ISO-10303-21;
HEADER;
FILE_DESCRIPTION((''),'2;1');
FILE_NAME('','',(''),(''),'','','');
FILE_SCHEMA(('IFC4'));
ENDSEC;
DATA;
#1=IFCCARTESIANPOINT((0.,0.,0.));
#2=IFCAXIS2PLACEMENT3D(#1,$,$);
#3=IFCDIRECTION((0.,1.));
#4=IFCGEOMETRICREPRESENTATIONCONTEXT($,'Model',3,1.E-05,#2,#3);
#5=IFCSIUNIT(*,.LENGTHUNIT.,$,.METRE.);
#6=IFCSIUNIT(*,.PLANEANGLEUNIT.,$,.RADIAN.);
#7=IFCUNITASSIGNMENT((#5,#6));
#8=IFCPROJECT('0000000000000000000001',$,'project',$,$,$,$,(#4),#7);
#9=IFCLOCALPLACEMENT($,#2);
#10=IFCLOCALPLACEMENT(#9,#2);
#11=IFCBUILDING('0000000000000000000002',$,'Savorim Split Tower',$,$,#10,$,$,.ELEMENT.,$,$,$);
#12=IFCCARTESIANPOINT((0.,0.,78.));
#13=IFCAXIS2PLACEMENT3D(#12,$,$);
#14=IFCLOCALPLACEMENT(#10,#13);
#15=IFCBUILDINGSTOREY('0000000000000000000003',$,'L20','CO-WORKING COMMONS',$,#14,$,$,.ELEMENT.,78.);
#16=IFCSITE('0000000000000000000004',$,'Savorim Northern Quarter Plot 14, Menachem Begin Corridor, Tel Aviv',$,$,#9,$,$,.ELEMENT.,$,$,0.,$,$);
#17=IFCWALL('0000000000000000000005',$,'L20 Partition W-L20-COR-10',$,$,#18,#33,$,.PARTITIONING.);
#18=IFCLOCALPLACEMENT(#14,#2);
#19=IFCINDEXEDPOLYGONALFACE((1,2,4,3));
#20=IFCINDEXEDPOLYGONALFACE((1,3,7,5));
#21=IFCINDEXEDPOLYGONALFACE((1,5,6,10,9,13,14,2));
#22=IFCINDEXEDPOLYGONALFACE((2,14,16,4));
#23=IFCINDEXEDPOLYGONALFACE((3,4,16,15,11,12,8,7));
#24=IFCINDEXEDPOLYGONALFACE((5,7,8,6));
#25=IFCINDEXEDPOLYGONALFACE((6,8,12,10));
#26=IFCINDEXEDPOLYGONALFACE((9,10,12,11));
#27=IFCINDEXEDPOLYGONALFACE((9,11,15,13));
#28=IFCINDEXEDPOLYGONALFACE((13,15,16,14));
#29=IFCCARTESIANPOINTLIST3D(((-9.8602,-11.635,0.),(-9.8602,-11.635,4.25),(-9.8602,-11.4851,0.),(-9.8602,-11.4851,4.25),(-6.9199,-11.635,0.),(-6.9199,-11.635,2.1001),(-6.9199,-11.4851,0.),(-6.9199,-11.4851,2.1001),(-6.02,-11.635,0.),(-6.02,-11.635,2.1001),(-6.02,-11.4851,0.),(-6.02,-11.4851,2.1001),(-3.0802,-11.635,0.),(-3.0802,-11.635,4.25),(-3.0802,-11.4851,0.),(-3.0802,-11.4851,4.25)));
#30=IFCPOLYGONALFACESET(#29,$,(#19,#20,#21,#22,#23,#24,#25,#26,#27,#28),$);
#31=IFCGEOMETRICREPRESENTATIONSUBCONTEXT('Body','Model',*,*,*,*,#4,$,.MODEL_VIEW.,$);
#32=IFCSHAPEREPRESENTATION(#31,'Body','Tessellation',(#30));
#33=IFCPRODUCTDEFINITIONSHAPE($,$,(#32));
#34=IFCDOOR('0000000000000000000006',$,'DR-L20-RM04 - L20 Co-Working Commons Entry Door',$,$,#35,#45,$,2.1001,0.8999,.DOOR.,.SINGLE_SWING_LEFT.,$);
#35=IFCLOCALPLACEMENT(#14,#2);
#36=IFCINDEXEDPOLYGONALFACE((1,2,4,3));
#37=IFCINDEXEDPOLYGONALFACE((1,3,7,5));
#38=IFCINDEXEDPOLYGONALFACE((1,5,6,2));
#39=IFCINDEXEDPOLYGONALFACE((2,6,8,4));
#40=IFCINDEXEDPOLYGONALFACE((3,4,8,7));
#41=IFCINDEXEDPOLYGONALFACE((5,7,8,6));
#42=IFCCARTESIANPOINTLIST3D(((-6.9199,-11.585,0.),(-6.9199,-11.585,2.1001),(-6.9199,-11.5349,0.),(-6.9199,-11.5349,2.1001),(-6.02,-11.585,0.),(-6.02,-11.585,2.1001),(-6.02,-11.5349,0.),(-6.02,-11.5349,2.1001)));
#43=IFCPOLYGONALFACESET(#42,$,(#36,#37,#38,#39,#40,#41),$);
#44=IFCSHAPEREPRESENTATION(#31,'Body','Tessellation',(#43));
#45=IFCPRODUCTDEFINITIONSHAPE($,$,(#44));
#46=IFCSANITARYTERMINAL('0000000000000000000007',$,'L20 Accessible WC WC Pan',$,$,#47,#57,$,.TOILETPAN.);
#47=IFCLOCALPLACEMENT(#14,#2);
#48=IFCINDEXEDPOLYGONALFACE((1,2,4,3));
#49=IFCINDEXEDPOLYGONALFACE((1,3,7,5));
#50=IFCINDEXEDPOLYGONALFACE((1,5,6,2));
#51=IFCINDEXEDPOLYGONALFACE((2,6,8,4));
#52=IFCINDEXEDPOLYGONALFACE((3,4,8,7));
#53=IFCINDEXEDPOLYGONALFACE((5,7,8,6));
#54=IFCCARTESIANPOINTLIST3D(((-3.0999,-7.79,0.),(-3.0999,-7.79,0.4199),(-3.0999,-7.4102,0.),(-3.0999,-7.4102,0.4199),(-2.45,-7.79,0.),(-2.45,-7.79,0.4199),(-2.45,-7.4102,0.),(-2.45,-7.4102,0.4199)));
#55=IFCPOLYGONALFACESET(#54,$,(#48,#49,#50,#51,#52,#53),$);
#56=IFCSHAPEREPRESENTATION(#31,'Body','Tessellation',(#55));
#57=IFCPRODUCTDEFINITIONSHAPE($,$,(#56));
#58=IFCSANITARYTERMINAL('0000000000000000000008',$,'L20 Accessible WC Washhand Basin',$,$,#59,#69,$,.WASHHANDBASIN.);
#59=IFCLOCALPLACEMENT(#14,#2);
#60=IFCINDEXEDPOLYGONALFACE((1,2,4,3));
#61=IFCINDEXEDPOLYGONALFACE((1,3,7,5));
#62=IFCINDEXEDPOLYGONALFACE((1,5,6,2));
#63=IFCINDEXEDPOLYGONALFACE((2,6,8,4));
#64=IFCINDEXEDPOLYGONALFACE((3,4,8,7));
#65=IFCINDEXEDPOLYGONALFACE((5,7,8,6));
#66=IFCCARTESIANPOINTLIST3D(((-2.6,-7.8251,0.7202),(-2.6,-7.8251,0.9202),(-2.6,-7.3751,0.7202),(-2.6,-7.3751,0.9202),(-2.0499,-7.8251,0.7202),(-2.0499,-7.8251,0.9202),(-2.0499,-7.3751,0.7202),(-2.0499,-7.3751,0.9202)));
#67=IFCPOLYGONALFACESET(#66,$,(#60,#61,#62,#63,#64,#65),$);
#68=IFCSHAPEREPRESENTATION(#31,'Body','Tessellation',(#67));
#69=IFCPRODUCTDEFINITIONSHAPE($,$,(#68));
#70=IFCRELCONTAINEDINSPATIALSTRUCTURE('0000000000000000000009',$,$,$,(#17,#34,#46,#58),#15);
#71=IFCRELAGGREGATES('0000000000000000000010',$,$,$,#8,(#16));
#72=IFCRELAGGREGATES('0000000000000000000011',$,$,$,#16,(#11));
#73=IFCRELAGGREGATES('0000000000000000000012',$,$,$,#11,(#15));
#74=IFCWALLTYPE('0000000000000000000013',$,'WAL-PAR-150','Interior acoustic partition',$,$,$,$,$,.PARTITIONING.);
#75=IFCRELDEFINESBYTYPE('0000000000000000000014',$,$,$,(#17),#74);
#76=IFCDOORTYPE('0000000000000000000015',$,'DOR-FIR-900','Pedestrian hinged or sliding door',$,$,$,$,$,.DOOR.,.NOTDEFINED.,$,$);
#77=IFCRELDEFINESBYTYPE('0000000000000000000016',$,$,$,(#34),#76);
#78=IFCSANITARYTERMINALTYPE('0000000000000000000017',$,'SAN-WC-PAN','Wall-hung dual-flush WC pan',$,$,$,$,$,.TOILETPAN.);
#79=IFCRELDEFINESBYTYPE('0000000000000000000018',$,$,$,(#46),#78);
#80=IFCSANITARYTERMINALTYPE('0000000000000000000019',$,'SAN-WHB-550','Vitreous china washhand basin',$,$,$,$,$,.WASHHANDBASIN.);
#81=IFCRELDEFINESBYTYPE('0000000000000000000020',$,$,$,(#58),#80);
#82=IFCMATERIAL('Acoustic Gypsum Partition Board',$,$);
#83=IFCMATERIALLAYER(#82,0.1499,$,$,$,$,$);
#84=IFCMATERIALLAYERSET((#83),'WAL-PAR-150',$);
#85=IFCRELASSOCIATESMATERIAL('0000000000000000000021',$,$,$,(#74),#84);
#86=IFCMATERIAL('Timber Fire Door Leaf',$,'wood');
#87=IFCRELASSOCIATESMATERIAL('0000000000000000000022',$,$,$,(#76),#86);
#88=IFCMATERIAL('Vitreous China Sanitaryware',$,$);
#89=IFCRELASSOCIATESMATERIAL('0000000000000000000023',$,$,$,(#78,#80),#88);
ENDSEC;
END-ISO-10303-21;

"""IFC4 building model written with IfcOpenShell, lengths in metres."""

from ifc_helpers import new_model, si_unit, direction, frame, frame_2d, origin, origin_2d, place, context, subcontext, project, spatial, rectangle, extrude, material, layer, layer_set, type_object, element, fill, save


model = new_model("IFC4")

# Units and contexts
model_context = context("Model", 3, precision=1e-05, world=origin(), true_north=direction((0.0, 1.0)))
body_context = subcontext(model_context, "Body", "Model", "MODEL_VIEW")
ifc_project = project(units=[si_unit("LENGTHUNIT", "METRE"), si_unit("PLANEANGLEUNIT", "RADIAN")], contexts=[model_context])

# Site, building, storey
site_placement = place(None, origin())
site = spatial("IfcSite", under=ifc_project, at=site_placement, Name="Savorim Northern Quarter Plot 14, Menachem Begin Corridor, Tel Aviv", CompositionType="ELEMENT", RefElevation=0.0)
building_placement = place(site_placement, origin())
building = spatial("IfcBuilding", under=site, at=building_placement, Name="Savorim Split Tower", CompositionType="ELEMENT")
storey_placement = place(building_placement, frame((0.0, 0.0, 78.0)))
storey = spatial("IfcBuildingStorey", under=building, at=storey_placement, Name="L20", Description="CO-WORKING COMMONS", CompositionType="ELEMENT", Elevation=78.0)

# Shared definitions
ifc_material_1 = material(Name="Acoustic Gypsum Partition Board")
ifc_layer_1 = layer(ifc_material_1, 0.1499)
ifc_layer_set_1 = layer_set([ifc_layer_1], Name="WAL-PAR-150")
wall_type_1 = type_object("IfcWallType", Name="WAL-PAR-150", Description="Interior acoustic partition", PredefinedType="PARTITIONING", material=ifc_layer_set_1)

# Wall, opening, door
ifc_material_2 = material(Name="Timber Fire Door Leaf", Category="wood")
door_type_1 = type_object("IfcDoorType", Name="DOR-FIR-900", Description="Pedestrian hinged or sliding door", OperationType="NOTDEFINED", PredefinedType="DOOR", material=ifc_material_2)
wall_1_placement = place(storey_placement, frame((-3.0801, -11.5601, 0.0), z_axis=(0.0, 0.0, 1.0), x_axis=(-1.0, 0.0, 0.0)))
wall_1 = element("IfcWall", 1, at=wall_1_placement, inside=storey, type_object=wall_type_1, Name="L20 Partition W-L20-COR-10", PredefinedType="PARTITIONING", context=body_context, shape_type="SweptSolid", body=[
    extrude(rectangle(XDim=6.78, YDim=0.1499, at=frame_2d((3.3901, 0.0))), origin(), (0.0, 0.0, 1.0), 4.25),
])
opening_1_placement = place(wall_1_placement, frame((2.9399, 0.0, 0.0)))
opening_1 = element("IfcOpeningElement", 2, at=opening_1_placement, cuts=wall_1, PredefinedType="OPENING", context=body_context, shape_type="SweptSolid", body=[
    extrude(rectangle(XDim=0.8999, YDim=2.1001, at=frame_2d((0.45, 1.05))), frame((0.0, 0.085, 0.0), z_axis=(0.0, -1.0, 0.0), x_axis=(1.0, 0.0, 0.0)), (0.0, 0.0, 1.0), 0.1699),
])
door_1_placement = place(opening_1_placement, origin())
door_1 = element("IfcDoor", 3, at=door_1_placement, inside=storey, type_object=door_type_1, Name="DR-L20-RM04 - L20 Co-Working Commons Entry Door", OperationType="SINGLE_SWING_LEFT", OverallHeight=2.1001, OverallWidth=0.8999, PredefinedType="DOOR", context=body_context, shape_type="SweptSolid", body=[
    extrude(rectangle(XDim=0.8999, YDim=2.1001, at=frame_2d((0.45, 1.05))), frame((0.0, 0.0249, 0.0), z_axis=(0.0, -1.0, 0.0), x_axis=(1.0, 0.0, 0.0)), (0.0, 0.0, 1.0), 0.05),
])
fill(opening_1, door_1)

# Sanitary terminals
ifc_material_3 = material(Name="Vitreous China Sanitaryware")
sanitary_terminal_type_1 = type_object("IfcSanitaryTerminalType", Name="SAN-WC-PAN", Description="Wall-hung dual-flush WC pan", PredefinedType="TOILETPAN", material=ifc_material_3)
sanitary_terminal_1_placement = place(storey_placement, frame((-2.7749, -7.6001, 0.0), z_axis=(0.0, 0.0, 1.0), x_axis=(1.0, 0.0, 0.0)))
element("IfcSanitaryTerminal", 4, at=sanitary_terminal_1_placement, inside=storey, type_object=sanitary_terminal_type_1, Name="L20 Accessible WC WC Pan", PredefinedType="TOILETPAN", context=body_context, shape_type="SweptSolid", body=[
    extrude(rectangle(XDim=0.6499, YDim=0.3799, at=origin_2d()), origin(), (0.0, 0.0, 1.0), 0.4199),
])
sanitary_terminal_type_2 = type_object("IfcSanitaryTerminalType", Name="SAN-WHB-550", Description="Vitreous china washhand basin", PredefinedType="WASHHANDBASIN", material=ifc_material_3)
sanitary_terminal_2_placement = place(storey_placement, frame((-2.325, -7.6001, 0.7202), z_axis=(0.0, 0.0, 1.0), x_axis=(1.0, 0.0, 0.0)))
element("IfcSanitaryTerminal", 5, at=sanitary_terminal_2_placement, inside=storey, type_object=sanitary_terminal_type_2, Name="L20 Accessible WC Washhand Basin", PredefinedType="WASHHANDBASIN", context=body_context, shape_type="SweptSolid", body=[
    extrude(rectangle(XDim=0.55, YDim=0.45, at=origin_2d()), origin(), (0.0, 0.0, 1.0), 0.2),
])

save(model, "model.ifc")
